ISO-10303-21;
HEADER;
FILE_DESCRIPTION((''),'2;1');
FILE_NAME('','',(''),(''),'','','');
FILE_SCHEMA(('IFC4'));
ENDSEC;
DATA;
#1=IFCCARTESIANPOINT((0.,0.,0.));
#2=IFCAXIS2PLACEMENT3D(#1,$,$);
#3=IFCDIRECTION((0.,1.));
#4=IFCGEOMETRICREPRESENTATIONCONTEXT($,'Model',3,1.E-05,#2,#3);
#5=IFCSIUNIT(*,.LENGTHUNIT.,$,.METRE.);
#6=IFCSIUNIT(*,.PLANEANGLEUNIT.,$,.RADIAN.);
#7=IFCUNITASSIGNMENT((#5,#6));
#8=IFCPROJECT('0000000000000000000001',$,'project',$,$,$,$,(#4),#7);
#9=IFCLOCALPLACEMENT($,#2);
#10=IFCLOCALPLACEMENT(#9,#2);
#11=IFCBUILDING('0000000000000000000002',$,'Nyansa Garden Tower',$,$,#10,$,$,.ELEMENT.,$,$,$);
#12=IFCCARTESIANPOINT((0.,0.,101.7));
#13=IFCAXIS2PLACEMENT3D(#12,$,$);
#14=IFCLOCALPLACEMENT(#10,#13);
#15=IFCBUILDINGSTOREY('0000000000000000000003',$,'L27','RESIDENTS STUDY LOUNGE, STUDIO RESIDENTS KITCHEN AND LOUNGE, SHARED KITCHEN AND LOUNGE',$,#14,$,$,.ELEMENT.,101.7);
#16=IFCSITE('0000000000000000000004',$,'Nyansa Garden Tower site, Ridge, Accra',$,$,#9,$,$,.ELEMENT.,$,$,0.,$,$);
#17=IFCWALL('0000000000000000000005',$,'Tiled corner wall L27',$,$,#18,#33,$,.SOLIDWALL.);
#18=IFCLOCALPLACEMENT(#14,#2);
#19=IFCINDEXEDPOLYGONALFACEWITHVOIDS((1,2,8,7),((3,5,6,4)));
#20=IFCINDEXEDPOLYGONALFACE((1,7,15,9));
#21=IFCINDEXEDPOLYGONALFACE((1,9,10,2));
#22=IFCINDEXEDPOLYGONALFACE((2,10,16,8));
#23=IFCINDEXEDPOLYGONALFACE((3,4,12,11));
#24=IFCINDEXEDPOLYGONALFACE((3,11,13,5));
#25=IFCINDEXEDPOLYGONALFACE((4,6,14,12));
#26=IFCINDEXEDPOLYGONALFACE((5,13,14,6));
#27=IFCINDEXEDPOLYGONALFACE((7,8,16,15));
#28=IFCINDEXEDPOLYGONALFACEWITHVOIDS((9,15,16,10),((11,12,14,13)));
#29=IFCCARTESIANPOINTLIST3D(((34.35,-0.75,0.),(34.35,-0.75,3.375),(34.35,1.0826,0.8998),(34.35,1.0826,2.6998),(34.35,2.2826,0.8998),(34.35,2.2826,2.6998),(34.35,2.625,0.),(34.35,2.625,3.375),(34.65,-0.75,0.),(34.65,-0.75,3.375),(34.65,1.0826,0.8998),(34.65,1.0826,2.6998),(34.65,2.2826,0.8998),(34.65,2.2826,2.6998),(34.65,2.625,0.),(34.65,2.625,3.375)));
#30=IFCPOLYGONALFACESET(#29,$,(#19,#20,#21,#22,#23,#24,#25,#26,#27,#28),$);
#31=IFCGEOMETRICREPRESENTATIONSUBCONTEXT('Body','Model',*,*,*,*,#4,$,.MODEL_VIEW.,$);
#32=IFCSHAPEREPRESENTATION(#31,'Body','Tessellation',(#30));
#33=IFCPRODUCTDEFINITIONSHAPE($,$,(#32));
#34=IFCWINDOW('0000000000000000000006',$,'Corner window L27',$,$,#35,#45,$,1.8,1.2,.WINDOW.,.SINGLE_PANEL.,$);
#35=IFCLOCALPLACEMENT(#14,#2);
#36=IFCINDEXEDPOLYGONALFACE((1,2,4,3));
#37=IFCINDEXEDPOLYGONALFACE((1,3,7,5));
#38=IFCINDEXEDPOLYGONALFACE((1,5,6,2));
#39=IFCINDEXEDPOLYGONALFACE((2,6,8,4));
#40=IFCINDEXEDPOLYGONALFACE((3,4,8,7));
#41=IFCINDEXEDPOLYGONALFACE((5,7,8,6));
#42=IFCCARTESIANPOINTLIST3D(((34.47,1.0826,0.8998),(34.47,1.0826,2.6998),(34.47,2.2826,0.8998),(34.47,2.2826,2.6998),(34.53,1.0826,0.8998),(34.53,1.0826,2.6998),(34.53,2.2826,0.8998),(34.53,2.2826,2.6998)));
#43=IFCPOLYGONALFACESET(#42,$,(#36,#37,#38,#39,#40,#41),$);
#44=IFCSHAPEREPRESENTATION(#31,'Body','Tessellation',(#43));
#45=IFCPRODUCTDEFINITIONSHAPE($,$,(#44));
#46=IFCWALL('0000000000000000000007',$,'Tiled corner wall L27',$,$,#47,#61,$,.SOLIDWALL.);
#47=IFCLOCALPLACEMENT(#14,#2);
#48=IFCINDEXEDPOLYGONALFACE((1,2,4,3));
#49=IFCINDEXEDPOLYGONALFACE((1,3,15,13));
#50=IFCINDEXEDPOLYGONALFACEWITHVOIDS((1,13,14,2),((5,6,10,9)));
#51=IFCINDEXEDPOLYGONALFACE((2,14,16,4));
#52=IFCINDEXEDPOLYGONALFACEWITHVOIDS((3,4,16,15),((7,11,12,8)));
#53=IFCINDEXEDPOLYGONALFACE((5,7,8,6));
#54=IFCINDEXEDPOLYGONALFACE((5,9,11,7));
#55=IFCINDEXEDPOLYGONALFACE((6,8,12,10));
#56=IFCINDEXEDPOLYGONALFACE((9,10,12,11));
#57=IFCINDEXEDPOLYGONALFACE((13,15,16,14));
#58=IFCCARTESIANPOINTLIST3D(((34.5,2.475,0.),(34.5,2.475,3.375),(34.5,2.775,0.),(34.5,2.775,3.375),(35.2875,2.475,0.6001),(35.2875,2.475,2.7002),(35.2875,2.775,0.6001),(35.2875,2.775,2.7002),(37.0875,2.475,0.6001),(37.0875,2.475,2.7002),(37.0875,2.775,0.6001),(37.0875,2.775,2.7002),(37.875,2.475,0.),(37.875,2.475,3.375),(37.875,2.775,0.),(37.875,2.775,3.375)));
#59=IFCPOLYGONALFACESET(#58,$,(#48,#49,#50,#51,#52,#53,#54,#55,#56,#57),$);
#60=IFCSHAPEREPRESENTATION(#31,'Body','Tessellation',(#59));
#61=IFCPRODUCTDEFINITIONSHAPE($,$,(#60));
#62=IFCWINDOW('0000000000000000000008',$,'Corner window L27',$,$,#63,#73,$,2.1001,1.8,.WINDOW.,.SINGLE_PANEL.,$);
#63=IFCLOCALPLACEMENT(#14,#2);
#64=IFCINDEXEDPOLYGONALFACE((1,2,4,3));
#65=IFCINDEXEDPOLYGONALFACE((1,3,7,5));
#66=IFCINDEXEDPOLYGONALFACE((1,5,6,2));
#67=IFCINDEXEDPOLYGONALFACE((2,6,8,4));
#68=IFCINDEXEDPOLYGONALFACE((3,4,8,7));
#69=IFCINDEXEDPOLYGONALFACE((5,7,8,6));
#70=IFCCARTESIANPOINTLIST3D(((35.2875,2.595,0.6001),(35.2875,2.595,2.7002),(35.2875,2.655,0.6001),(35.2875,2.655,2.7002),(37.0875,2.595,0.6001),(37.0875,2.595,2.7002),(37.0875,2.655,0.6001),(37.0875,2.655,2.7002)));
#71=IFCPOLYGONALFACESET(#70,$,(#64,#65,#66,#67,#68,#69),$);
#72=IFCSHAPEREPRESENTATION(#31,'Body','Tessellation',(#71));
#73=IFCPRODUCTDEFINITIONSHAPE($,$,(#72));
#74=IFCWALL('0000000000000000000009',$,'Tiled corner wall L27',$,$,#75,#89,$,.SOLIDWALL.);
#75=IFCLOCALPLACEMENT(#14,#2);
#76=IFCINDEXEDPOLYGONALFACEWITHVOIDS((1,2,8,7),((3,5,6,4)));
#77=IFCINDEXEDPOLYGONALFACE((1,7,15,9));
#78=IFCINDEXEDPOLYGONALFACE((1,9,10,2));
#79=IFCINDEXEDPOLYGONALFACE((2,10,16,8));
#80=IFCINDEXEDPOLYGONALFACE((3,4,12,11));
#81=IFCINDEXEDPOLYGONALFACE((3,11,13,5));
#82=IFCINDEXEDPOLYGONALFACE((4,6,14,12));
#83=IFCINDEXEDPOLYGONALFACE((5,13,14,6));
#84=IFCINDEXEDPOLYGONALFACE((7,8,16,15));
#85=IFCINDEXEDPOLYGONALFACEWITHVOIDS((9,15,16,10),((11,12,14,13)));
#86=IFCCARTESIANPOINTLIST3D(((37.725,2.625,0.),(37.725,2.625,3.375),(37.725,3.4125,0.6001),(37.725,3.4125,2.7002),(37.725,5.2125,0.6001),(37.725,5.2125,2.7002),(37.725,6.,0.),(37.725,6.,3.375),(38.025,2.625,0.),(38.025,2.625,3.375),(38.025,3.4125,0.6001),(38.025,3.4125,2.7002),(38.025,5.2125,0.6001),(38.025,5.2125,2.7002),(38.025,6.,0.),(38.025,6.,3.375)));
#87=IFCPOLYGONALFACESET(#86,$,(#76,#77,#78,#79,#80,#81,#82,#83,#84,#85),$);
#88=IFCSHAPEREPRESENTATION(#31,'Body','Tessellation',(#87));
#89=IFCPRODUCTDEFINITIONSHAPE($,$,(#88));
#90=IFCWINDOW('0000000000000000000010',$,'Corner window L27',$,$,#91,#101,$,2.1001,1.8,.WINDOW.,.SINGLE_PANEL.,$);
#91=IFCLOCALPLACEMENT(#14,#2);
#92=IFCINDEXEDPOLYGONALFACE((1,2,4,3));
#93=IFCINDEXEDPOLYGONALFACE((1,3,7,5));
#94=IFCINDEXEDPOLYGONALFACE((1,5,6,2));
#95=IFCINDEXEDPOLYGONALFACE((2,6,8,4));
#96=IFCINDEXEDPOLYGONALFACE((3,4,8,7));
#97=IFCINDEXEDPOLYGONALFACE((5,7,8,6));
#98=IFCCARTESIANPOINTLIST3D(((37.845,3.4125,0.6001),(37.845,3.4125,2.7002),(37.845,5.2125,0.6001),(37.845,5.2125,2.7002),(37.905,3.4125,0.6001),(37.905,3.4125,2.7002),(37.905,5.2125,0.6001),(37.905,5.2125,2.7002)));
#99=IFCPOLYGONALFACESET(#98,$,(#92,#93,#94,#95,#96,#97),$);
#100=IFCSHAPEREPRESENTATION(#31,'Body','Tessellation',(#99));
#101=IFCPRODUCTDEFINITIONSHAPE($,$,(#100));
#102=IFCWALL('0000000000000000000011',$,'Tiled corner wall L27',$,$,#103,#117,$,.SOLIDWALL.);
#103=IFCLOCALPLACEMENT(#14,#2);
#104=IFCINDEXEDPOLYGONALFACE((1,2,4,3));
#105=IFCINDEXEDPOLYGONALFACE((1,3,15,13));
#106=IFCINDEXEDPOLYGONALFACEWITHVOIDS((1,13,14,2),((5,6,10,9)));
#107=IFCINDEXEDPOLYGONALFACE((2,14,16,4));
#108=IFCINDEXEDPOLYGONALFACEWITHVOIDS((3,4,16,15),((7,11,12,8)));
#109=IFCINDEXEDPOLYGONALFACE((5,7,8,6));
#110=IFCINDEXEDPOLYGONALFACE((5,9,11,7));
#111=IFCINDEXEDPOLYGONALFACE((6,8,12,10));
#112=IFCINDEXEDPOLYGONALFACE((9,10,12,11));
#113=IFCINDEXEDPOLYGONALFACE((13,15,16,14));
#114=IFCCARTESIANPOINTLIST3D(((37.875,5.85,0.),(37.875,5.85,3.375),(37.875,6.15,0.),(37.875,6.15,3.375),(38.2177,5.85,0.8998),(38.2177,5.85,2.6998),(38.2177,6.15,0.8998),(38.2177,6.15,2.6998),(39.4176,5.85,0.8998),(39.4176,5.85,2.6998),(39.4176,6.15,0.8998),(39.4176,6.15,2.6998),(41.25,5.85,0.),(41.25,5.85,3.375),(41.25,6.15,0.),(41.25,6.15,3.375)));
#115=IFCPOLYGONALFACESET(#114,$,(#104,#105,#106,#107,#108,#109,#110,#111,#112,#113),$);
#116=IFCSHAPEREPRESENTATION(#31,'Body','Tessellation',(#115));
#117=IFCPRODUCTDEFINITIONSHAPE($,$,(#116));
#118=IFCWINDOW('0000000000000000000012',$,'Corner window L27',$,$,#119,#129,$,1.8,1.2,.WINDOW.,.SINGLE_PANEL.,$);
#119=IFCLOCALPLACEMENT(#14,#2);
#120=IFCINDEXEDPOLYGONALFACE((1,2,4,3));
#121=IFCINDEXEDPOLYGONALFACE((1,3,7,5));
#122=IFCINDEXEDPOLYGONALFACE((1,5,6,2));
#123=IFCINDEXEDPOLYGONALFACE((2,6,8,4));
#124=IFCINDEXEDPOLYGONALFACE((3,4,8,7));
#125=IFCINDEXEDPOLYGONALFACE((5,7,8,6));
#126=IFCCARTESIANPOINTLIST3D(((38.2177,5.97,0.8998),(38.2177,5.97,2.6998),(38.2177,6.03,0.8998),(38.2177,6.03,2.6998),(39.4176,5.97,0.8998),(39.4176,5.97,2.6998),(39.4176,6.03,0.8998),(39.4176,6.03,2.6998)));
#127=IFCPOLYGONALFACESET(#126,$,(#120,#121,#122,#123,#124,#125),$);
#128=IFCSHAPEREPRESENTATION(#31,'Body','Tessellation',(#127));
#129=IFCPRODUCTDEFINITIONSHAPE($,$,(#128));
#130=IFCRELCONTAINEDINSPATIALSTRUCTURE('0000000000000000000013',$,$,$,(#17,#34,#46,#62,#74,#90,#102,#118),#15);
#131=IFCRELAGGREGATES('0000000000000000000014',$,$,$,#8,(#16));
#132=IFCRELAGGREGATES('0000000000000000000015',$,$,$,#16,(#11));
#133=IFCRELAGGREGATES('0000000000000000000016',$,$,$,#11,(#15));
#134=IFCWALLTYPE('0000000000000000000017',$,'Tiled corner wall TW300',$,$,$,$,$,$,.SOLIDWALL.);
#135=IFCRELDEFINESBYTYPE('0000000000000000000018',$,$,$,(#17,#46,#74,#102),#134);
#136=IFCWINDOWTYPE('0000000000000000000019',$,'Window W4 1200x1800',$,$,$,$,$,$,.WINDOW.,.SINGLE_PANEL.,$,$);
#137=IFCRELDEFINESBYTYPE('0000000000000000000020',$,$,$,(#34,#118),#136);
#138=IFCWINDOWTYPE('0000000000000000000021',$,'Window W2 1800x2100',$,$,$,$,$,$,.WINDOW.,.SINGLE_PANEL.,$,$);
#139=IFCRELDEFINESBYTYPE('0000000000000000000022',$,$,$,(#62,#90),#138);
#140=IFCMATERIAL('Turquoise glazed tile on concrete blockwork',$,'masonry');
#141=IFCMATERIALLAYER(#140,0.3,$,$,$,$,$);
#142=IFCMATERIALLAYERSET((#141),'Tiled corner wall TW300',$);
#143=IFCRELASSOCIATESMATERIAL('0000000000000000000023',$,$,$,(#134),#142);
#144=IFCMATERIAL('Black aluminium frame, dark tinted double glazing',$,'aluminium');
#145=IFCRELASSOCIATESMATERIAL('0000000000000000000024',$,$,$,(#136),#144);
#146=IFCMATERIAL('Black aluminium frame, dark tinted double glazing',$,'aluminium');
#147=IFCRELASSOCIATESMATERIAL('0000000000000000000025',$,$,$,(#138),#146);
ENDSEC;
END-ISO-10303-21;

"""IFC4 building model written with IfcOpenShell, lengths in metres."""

from ifc_helpers import new_model, si_unit, direction, frame, frame_2d, origin, place, context, subcontext, project, spatial, rectangle, extrude, material, layer, layer_set, type_object, element, fill, save


model = new_model("IFC4")

# Units and contexts
model_context = context("Model", 3, precision=1e-05, world=origin(), true_north=direction((0.0, 1.0)))
body_context = subcontext(model_context, "Body", "Model", "MODEL_VIEW")
ifc_project = project(units=[si_unit("LENGTHUNIT", "METRE"), si_unit("PLANEANGLEUNIT", "RADIAN")], contexts=[model_context])

# Site, building, storey
site_placement = place(None, origin())
site = spatial("IfcSite", under=ifc_project, at=site_placement, Name="Nyansa Garden Tower site, Ridge, Accra", CompositionType="ELEMENT", RefElevation=0.0)
building_placement = place(site_placement, origin())
building = spatial("IfcBuilding", under=site, at=building_placement, Name="Nyansa Garden Tower", CompositionType="ELEMENT")
storey_placement = place(building_placement, frame((0.0, 0.0, 101.7)))
storey = spatial("IfcBuildingStorey", under=building, at=storey_placement, Name="L27", Description="RESIDENTS STUDY LOUNGE, STUDIO RESIDENTS KITCHEN AND LOUNGE, SHARED KITCHEN AND LOUNGE", CompositionType="ELEMENT", Elevation=101.7)

# Walls, openings, windows
ifc_material_1 = material(Name="Turquoise glazed tile on concrete blockwork", Category="masonry")
ifc_layer_1 = layer(ifc_material_1, 0.3)
ifc_layer_set_1 = layer_set([ifc_layer_1], Name="Tiled corner wall TW300")
wall_type_1 = type_object("IfcWallType", Name="Tiled corner wall TW300", PredefinedType="SOLIDWALL", material=ifc_layer_set_1)
wall_1_placement = place(storey_placement, frame((34.5, -0.75, 0.0), z_axis=(0.0, 0.0, 1.0), x_axis=(0.0, 1.0, 0.0)))
wall_1 = element("IfcWall", 1, at=wall_1_placement, inside=storey, type_object=wall_type_1, Name="Tiled corner wall L27", PredefinedType="SOLIDWALL", context=body_context, shape_type="SweptSolid", body=[
    extrude(rectangle(XDim=3.375, YDim=0.3, at=frame_2d((1.6875, 0.0))), origin(), (0.0, 0.0, 1.0), 3.375),
])
opening_1_placement = place(wall_1_placement, frame((1.8325, 0.0, 0.8999)))
opening_1 = element("IfcOpeningElement", 2, at=opening_1_placement, cuts=wall_1, PredefinedType="OPENING", context=body_context, shape_type="SweptSolid", body=[
    extrude(rectangle(XDim=1.2, YDim=1.8, at=frame_2d((0.6001, 0.8999))), frame((0.0, 0.1599, 0.0), z_axis=(0.0, -1.0, 0.0), x_axis=(1.0, 0.0, 0.0)), (0.0, 0.0, 1.0), 0.3201),
])
ifc_material_2 = material(Name="Black aluminium frame, dark tinted double glazing", Category="aluminium")
window_type_1 = type_object("IfcWindowType", Name="Window W4 1200x1800", PartitioningType="SINGLE_PANEL", PredefinedType="WINDOW", material=ifc_material_2)
window_1_placement = place(opening_1_placement, origin())
window_1 = element("IfcWindow", 3, at=window_1_placement, inside=storey, type_object=window_type_1, Name="Corner window L27", OverallHeight=1.8, OverallWidth=1.2, PartitioningType="SINGLE_PANEL", PredefinedType="WINDOW", context=body_context, shape_type="SweptSolid", body=[
    extrude(rectangle(XDim=1.2, YDim=1.8, at=frame_2d((0.6001, 0.8999))), frame((0.0, 0.03, 0.0), z_axis=(0.0, -1.0, 0.0), x_axis=(1.0, 0.0, 0.0)), (0.0, 0.0, 1.0), 0.0601),
])
fill(opening_1, window_1)
wall_2_placement = place(storey_placement, frame((34.5, 2.625, 0.0), z_axis=(0.0, 0.0, 1.0), x_axis=(1.0, 0.0, 0.0)))
wall_2 = element("IfcWall", 4, at=wall_2_placement, inside=storey, type_object=wall_type_1, Name="Tiled corner wall L27", PredefinedType="SOLIDWALL", context=body_context, shape_type="SweptSolid", body=[
    extrude(rectangle(XDim=3.375, YDim=0.3, at=frame_2d((1.6875, 0.0))), origin(), (0.0, 0.0, 1.0), 3.375),
])
opening_2_placement = place(wall_2_placement, frame((0.7876, 0.0, 0.6001)))
opening_2 = element("IfcOpeningElement", 5, at=opening_2_placement, cuts=wall_2, PredefinedType="OPENING", context=body_context, shape_type="SweptSolid", body=[
    extrude(rectangle(XDim=1.8, YDim=2.1001, at=frame_2d((0.8999, 1.05))), frame((0.0, 0.1599, 0.0), z_axis=(0.0, -1.0, 0.0), x_axis=(1.0, 0.0, 0.0)), (0.0, 0.0, 1.0), 0.3201),
])
ifc_material_3 = material(Name="Black aluminium frame, dark tinted double glazing", Category="aluminium")
window_type_2 = type_object("IfcWindowType", Name="Window W2 1800x2100", PartitioningType="SINGLE_PANEL", PredefinedType="WINDOW", material=ifc_material_3)
window_2_placement = place(opening_2_placement, origin())
window_2 = element("IfcWindow", 6, at=window_2_placement, inside=storey, type_object=window_type_2, Name="Corner window L27", OverallHeight=2.1001, OverallWidth=1.8, PartitioningType="SINGLE_PANEL", PredefinedType="WINDOW", context=body_context, shape_type="SweptSolid", body=[
    extrude(rectangle(XDim=1.8, YDim=2.1001, at=frame_2d((0.8999, 1.05))), frame((0.0, 0.03, 0.0), z_axis=(0.0, -1.0, 0.0), x_axis=(1.0, 0.0, 0.0)), (0.0, 0.0, 1.0), 0.0601),
])
fill(opening_2, window_2)
wall_3_placement = place(storey_placement, frame((37.875, 2.625, 0.0), z_axis=(0.0, 0.0, 1.0), x_axis=(0.0, 1.0, 0.0)))
wall_3 = element("IfcWall", 7, at=wall_3_placement, inside=storey, type_object=wall_type_1, Name="Tiled corner wall L27", PredefinedType="SOLIDWALL", context=body_context, shape_type="SweptSolid", body=[
    extrude(rectangle(XDim=3.375, YDim=0.3, at=frame_2d((1.6875, 0.0))), origin(), (0.0, 0.0, 1.0), 3.375),
])
opening_3_placement = place(wall_3_placement, frame((0.7876, 0.0, 0.6001)))
opening_3 = element("IfcOpeningElement", 8, at=opening_3_placement, cuts=wall_3, PredefinedType="OPENING", context=body_context, shape_type="SweptSolid", body=[
    extrude(rectangle(XDim=1.8, YDim=2.1001, at=frame_2d((0.8999, 1.05))), frame((0.0, 0.1599, 0.0), z_axis=(0.0, -1.0, 0.0), x_axis=(1.0, 0.0, 0.0)), (0.0, 0.0, 1.0), 0.3201),
])
window_3_placement = place(opening_3_placement, origin())
window_3 = element("IfcWindow", 9, at=window_3_placement, inside=storey, type_object=window_type_2, Name="Corner window L27", OverallHeight=2.1001, OverallWidth=1.8, PartitioningType="SINGLE_PANEL", PredefinedType="WINDOW", context=body_context, shape_type="SweptSolid", body=[
    extrude(rectangle(XDim=1.8, YDim=2.1001, at=frame_2d((0.8999, 1.05))), frame((0.0, 0.03, 0.0), z_axis=(0.0, -1.0, 0.0), x_axis=(1.0, 0.0, 0.0)), (0.0, 0.0, 1.0), 0.0601),
])
fill(opening_3, window_3)
wall_4_placement = place(storey_placement, frame((37.875, 6.0, 0.0), z_axis=(0.0, 0.0, 1.0), x_axis=(1.0, 0.0, 0.0)))
wall_4 = element("IfcWall", 10, at=wall_4_placement, inside=storey, type_object=wall_type_1, Name="Tiled corner wall L27", PredefinedType="SOLIDWALL", context=body_context, shape_type="SweptSolid", body=[
    extrude(rectangle(XDim=3.375, YDim=0.3, at=frame_2d((1.6875, 0.0))), origin(), (0.0, 0.0, 1.0), 3.375),
])
opening_4_placement = place(wall_4_placement, frame((0.3425, 0.0, 0.8999)))
opening_4 = element("IfcOpeningElement", 11, at=opening_4_placement, cuts=wall_4, PredefinedType="OPENING", context=body_context, shape_type="SweptSolid", body=[
    extrude(rectangle(XDim=1.2, YDim=1.8, at=frame_2d((0.6001, 0.8999))), frame((0.0, 0.1599, 0.0), z_axis=(0.0, -1.0, 0.0), x_axis=(1.0, 0.0, 0.0)), (0.0, 0.0, 1.0), 0.3201),
])
window_4_placement = place(opening_4_placement, origin())
window_4 = element("IfcWindow", 12, at=window_4_placement, inside=storey, type_object=window_type_1, Name="Corner window L27", OverallHeight=1.8, OverallWidth=1.2, PartitioningType="SINGLE_PANEL", PredefinedType="WINDOW", context=body_context, shape_type="SweptSolid", body=[
    extrude(rectangle(XDim=1.2, YDim=1.8, at=frame_2d((0.6001, 0.8999))), frame((0.0, 0.03, 0.0), z_axis=(0.0, -1.0, 0.0), x_axis=(1.0, 0.0, 0.0)), (0.0, 0.0, 1.0), 0.0601),
])
fill(opening_4, window_4)

save(model, "model.ifc")
